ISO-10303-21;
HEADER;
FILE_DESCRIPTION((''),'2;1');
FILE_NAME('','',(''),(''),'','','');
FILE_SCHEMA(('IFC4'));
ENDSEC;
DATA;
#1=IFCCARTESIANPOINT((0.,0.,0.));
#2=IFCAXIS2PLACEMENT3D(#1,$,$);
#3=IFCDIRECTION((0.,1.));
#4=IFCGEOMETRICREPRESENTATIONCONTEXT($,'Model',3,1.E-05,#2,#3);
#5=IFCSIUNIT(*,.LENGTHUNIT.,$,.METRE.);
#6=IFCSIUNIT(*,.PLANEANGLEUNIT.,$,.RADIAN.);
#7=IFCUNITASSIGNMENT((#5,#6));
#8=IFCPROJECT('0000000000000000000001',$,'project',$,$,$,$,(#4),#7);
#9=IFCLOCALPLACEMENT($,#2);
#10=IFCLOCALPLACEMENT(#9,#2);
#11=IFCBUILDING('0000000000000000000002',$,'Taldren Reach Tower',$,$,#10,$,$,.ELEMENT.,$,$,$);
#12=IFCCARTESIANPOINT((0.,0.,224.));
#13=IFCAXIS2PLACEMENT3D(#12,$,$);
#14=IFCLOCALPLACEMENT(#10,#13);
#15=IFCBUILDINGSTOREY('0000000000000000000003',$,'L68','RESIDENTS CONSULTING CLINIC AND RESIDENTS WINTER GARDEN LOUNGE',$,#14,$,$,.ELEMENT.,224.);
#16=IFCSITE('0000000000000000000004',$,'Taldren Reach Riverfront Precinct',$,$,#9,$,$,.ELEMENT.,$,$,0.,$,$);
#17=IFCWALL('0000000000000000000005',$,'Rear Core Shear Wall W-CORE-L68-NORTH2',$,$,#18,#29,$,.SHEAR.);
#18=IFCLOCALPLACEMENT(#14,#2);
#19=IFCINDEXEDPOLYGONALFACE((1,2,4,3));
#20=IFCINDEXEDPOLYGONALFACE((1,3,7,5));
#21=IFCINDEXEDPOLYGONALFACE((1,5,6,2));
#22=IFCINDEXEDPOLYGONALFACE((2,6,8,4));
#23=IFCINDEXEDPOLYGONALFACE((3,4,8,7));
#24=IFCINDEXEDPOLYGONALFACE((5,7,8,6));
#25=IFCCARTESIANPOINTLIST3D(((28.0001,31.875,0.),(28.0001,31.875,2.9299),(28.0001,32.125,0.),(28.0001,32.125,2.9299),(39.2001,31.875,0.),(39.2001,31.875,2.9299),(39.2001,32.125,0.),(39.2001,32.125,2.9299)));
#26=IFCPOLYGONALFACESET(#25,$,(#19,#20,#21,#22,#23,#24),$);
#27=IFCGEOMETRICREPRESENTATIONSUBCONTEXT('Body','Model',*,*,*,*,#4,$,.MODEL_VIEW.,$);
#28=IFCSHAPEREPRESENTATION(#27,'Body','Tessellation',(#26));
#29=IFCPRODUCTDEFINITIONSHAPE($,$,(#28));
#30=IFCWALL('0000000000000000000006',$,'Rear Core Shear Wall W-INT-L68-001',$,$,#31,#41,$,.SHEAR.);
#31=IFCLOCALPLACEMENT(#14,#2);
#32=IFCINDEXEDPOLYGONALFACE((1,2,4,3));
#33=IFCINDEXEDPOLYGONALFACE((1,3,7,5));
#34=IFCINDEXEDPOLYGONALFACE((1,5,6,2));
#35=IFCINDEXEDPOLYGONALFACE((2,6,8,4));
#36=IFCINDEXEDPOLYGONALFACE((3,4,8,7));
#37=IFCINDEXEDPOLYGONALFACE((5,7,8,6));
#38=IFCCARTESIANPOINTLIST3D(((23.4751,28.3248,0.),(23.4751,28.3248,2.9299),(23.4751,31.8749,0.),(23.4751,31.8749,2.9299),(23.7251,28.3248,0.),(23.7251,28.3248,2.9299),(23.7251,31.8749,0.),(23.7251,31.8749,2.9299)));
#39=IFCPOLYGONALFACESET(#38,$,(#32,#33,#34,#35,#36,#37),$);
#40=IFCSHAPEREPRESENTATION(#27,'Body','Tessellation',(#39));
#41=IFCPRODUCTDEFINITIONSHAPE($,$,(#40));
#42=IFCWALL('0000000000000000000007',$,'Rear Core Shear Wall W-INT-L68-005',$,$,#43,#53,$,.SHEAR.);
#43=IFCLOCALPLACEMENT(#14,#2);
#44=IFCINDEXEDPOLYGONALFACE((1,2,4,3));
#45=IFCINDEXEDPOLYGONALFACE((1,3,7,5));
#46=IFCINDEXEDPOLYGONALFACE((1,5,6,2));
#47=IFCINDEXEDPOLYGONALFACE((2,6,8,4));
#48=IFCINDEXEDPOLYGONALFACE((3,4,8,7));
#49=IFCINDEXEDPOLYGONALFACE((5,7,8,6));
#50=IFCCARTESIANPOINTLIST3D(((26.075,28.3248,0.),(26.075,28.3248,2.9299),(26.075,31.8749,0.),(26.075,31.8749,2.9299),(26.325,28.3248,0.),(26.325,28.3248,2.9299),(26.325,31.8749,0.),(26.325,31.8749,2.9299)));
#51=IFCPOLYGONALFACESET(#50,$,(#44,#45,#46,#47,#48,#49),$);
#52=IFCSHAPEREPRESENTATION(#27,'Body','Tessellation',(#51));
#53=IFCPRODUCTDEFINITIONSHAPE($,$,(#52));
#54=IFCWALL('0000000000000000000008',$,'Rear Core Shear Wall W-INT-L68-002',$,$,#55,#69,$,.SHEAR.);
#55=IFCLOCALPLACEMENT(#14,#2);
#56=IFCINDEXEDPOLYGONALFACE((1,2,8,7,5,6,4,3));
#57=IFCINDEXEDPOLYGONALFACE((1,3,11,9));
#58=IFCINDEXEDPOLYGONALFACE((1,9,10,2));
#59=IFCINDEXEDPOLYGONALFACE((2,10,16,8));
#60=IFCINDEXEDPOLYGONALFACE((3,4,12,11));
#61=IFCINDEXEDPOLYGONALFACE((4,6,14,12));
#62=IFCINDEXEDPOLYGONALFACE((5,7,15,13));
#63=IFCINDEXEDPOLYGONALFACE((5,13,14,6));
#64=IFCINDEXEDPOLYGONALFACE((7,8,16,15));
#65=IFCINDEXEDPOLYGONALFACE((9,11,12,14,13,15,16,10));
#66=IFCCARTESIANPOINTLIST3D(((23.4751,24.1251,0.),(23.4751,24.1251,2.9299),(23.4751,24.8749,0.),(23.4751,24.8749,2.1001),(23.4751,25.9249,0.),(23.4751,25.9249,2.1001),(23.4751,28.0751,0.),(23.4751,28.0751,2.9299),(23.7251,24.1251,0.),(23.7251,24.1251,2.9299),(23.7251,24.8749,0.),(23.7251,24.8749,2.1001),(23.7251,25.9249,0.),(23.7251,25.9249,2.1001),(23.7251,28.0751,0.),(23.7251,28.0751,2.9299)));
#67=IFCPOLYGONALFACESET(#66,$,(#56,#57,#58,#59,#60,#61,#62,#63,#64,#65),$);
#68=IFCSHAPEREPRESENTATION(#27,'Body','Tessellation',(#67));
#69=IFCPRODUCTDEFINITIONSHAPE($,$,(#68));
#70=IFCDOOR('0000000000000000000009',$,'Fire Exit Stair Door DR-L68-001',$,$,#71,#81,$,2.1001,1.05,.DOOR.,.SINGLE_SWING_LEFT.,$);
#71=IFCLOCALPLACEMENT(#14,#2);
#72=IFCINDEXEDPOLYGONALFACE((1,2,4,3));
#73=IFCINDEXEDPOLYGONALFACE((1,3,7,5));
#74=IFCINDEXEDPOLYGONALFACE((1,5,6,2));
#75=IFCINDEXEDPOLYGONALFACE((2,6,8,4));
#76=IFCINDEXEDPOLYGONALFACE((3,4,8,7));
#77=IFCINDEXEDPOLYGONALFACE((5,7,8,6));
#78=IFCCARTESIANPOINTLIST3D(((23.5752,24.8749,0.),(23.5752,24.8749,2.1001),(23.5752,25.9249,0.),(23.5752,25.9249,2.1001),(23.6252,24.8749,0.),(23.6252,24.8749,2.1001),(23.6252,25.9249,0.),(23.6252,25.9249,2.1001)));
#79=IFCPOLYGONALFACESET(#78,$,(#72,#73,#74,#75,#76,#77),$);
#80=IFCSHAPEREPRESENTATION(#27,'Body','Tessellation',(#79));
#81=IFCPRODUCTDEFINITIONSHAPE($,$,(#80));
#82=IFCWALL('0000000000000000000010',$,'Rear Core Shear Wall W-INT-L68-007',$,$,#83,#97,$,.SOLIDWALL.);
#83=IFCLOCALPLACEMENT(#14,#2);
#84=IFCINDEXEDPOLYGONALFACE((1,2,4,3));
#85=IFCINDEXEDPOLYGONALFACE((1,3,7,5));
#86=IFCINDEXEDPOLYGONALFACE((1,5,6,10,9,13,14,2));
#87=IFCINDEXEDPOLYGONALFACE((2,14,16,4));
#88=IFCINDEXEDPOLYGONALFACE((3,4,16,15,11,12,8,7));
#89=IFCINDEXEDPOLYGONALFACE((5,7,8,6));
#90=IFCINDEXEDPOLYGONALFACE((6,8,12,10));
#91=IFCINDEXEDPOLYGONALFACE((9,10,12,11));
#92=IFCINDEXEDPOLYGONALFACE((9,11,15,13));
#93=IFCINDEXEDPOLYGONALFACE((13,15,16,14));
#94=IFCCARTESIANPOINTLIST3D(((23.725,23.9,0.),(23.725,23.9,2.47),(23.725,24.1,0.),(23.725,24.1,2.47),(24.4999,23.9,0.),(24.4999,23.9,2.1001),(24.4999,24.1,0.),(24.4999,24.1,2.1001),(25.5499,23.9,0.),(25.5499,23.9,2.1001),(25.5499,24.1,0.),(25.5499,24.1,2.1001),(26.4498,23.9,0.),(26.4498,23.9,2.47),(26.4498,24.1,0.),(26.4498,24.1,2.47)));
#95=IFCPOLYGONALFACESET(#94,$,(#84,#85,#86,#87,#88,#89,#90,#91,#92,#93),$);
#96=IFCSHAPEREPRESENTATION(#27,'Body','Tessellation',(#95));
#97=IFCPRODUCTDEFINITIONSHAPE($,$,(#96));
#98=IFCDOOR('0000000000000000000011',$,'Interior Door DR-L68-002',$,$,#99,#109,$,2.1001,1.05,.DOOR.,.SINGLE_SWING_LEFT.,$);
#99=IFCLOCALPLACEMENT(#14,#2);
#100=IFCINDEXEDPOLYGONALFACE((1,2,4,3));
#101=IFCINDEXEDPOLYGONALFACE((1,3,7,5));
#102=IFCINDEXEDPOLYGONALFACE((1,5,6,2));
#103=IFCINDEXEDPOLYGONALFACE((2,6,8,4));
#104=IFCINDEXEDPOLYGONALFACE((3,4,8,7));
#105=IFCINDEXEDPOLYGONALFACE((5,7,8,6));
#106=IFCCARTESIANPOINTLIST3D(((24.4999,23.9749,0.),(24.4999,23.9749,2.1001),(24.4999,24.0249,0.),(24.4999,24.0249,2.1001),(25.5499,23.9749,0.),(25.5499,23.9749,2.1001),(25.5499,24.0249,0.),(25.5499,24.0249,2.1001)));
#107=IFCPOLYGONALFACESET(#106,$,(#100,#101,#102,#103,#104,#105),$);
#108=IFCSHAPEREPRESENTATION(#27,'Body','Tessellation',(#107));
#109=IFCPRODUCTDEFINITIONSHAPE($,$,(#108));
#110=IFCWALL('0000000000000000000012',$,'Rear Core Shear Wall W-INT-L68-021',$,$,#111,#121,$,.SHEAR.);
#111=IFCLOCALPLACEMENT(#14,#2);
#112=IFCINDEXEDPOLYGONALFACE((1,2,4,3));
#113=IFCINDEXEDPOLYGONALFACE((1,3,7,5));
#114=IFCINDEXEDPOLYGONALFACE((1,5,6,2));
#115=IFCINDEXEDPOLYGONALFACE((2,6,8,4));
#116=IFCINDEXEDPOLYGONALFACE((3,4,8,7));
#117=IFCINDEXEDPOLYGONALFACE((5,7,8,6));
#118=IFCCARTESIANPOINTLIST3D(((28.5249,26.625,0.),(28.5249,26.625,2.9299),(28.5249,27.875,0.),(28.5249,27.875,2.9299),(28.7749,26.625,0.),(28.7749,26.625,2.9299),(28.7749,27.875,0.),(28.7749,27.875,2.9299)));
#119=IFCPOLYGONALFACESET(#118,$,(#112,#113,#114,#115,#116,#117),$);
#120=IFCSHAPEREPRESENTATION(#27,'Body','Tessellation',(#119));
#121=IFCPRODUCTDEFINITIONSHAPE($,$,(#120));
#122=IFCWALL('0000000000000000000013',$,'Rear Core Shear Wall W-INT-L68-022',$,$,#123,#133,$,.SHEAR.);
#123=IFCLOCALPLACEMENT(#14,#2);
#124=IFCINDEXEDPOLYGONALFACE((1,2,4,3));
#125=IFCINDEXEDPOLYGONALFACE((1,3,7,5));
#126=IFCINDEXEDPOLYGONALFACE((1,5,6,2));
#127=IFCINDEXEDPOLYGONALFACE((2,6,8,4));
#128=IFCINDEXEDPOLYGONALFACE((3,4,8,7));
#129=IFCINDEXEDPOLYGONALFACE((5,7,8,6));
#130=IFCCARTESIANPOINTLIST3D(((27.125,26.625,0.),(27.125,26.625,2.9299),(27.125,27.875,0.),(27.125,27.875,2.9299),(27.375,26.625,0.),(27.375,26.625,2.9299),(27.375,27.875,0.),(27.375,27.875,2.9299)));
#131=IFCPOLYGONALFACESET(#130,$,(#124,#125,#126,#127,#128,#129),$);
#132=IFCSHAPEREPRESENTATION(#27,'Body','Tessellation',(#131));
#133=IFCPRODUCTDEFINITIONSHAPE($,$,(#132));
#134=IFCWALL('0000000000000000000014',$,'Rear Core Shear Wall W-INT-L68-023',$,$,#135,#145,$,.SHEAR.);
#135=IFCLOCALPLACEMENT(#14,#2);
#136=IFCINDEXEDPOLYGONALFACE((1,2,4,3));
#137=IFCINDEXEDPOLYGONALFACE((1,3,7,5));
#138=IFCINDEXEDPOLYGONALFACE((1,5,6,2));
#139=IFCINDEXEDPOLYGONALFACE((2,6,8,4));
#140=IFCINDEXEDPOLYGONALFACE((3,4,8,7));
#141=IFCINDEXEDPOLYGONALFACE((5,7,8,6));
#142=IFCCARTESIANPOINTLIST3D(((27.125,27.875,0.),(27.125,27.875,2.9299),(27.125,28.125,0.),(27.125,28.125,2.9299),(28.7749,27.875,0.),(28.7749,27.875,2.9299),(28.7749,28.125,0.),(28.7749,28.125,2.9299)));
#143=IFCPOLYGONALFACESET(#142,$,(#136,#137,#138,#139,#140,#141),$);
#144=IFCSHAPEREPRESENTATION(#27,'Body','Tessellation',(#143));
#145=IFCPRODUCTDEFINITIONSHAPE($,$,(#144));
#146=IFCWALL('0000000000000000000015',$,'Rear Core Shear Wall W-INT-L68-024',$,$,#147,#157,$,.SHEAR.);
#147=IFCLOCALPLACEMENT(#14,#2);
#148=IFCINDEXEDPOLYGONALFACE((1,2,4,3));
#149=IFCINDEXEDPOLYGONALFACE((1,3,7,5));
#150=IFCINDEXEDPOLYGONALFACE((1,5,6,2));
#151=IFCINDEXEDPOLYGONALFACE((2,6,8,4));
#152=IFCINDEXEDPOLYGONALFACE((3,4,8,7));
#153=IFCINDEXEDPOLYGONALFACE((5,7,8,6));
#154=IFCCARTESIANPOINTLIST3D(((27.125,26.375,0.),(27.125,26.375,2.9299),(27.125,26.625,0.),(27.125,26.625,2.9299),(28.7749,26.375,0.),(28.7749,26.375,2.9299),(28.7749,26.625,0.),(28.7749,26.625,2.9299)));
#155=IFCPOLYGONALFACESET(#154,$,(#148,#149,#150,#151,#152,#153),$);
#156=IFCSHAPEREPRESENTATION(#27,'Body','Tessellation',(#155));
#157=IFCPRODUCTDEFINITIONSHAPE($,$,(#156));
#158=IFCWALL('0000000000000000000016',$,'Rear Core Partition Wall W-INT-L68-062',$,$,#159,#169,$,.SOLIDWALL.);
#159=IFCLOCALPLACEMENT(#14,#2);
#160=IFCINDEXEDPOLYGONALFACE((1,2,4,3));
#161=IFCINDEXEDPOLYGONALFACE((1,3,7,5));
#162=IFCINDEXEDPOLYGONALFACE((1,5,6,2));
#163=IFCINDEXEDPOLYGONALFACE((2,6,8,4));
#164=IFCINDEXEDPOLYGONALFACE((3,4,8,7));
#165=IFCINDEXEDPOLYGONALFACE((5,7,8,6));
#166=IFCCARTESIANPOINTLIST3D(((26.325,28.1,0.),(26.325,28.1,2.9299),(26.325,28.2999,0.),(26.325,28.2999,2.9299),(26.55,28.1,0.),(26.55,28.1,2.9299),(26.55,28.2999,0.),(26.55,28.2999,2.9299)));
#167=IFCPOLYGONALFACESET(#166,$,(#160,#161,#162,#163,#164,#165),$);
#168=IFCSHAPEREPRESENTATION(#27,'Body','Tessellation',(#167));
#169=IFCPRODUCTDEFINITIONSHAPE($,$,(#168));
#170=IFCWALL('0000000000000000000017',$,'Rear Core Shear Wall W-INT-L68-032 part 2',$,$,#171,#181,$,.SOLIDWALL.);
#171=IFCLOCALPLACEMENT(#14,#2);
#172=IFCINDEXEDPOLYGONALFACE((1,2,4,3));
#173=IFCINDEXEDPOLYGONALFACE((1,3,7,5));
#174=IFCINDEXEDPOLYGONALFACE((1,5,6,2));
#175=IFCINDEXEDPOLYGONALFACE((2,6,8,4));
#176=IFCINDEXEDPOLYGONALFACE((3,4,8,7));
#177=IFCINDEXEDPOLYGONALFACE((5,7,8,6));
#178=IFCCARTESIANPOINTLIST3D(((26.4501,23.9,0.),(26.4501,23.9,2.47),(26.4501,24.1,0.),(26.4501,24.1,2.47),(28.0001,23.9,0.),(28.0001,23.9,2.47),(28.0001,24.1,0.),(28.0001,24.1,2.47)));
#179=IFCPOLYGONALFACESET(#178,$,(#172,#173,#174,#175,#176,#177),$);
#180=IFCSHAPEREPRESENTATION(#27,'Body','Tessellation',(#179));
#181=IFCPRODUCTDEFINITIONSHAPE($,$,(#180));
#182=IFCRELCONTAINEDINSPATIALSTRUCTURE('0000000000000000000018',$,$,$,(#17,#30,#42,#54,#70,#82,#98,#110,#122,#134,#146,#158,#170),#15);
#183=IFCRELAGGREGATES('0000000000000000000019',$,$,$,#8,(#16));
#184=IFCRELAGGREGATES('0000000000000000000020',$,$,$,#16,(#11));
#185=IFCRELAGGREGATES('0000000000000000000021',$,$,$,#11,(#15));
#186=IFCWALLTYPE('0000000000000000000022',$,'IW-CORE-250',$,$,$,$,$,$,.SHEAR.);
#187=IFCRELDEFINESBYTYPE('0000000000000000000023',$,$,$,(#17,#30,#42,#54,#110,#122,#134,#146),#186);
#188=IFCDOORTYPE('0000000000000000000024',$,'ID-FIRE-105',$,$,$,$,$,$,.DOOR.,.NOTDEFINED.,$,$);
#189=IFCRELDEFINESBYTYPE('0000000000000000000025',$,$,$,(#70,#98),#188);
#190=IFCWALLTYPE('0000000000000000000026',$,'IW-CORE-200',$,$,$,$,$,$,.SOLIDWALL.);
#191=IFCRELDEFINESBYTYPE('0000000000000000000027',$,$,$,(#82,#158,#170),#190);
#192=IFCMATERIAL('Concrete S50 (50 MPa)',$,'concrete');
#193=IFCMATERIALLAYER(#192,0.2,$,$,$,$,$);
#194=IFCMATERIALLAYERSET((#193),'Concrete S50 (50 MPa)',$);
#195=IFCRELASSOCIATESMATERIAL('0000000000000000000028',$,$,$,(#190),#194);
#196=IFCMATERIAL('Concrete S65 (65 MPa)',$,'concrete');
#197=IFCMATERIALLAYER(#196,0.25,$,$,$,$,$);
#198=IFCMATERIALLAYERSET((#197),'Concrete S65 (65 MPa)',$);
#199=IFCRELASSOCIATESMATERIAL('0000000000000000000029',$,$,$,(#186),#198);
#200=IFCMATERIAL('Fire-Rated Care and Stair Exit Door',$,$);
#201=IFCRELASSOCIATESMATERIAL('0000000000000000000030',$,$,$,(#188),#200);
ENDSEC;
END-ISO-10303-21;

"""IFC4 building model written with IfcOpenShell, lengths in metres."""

from ifc_helpers import new_model, si_unit, direction, frame, frame_2d, origin, place, context, subcontext, project, spatial, rectangle, extrude, source, transform, mapped, material, layer, layer_set, type_object, element, fill, save


model = new_model("IFC4")

# Units and contexts
model_context = context("Model", 3, precision=1e-05, world=origin(), true_north=direction((0.0, 1.0)))
body_context = subcontext(model_context, "Body", "Model", "MODEL_VIEW")
ifc_project = project(units=[si_unit("LENGTHUNIT", "METRE"), si_unit("PLANEANGLEUNIT", "RADIAN")], contexts=[model_context])

# Site, building, storey
site_placement = place(None, origin())
site = spatial("IfcSite", under=ifc_project, at=site_placement, Name="Taldren Reach Riverfront Precinct", CompositionType="ELEMENT", RefElevation=0.0)
building_placement = place(site_placement, origin())
building = spatial("IfcBuilding", under=site, at=building_placement, Name="Taldren Reach Tower", CompositionType="ELEMENT")
storey_placement = place(building_placement, frame((0.0, 0.0, 224.0)))
storey = spatial("IfcBuildingStorey", under=building, at=storey_placement, Name="L68", Description="RESIDENTS CONSULTING CLINIC AND RESIDENTS WINTER GARDEN LOUNGE", CompositionType="ELEMENT", Elevation=224.0)

# Walls
ifc_material_1 = material(Name="Concrete S50 (50 MPa)", Category="concrete")
ifc_layer_1 = layer(ifc_material_1, 0.2)
ifc_layer_set_1 = layer_set([ifc_layer_1], Name="Concrete S50 (50 MPa)")
wall_type_1 = type_object("IfcWallType", Name="IW-CORE-200", PredefinedType="SOLIDWALL", material=ifc_layer_set_1)
ifc_material_2 = material(Name="Concrete S65 (65 MPa)", Category="concrete")
ifc_layer_2 = layer(ifc_material_2, 0.25)
ifc_layer_set_2 = layer_set([ifc_layer_2], Name="Concrete S65 (65 MPa)")
wall_type_2 = type_object("IfcWallType", Name="IW-CORE-250", PredefinedType="SHEAR", material=ifc_layer_set_2)
shared_shape_1 = source(origin(), body_context, "Body", "SweptSolid", [
    extrude(rectangle(XDim=11.2, YDim=0.25, at=frame_2d((5.6001, 0.0))), origin(), (0.0, 0.0, 1.0), 2.9299),
])
wall_1_placement = place(storey_placement, frame((28.0, 32.0, 0.0), z_axis=(0.0, 0.0, 1.0), x_axis=(1.0, 0.0, 0.0)))
element("IfcWall", 1, at=wall_1_placement, inside=storey, type_object=wall_type_2, Name="Rear Core Shear Wall W-CORE-L68-NORTH2", PredefinedType="SHEAR", context=body_context, shape_type="MappedRepresentation", body=[
    mapped(shared_shape_1, transform((0.0, 0.0, 0.0), scale=1.0)),
])
shared_shape_2 = source(origin(), body_context, "Body", "SweptSolid", [
    extrude(rectangle(XDim=3.55, YDim=0.25, at=frame_2d((1.7749, 0.0))), origin(), (0.0, 0.0, 1.0), 2.9299),
])
for number, where, z_axis, x_axis, name in (
    (2, (23.6001, 28.325, 0.0), (0.0, 0.0, 1.0), (0.0, 1.0, 0.0), "Rear Core Shear Wall W-INT-L68-001"),
    (3, (26.2, 28.325, 0.0), (0.0, 0.0, 1.0), (0.0, 1.0, 0.0), "Rear Core Shear Wall W-INT-L68-005"),
):
    element("IfcWall", number, at=place(storey_placement, frame(where, z_axis=z_axis, x_axis=x_axis)), inside=storey, type_object=wall_type_2, Name=name, PredefinedType="SHEAR", context=body_context, shape_type="MappedRepresentation", body=[
        mapped(shared_shape_2, transform((0.0, 0.0, 0.0), scale=1.0)),
    ])

# Walls, openings, doors
shared_shape_3 = source(origin(), body_context, "Body", "SweptSolid", [
    extrude(rectangle(XDim=3.95, YDim=0.25, at=frame_2d((1.9751, 0.0))), origin(), (0.0, 0.0, 1.0), 2.9299),
])
wall_2_placement = place(storey_placement, frame((23.6001, 24.125, 0.0), z_axis=(0.0, 0.0, 1.0), x_axis=(0.0, 1.0, 0.0)))
wall_2 = element("IfcWall", 4, at=wall_2_placement, inside=storey, type_object=wall_type_2, Name="Rear Core Shear Wall W-INT-L68-002", PredefinedType="SHEAR", context=body_context, shape_type="MappedRepresentation", body=[
    mapped(shared_shape_3, transform((0.0, 0.0, 0.0), scale=1.0)),
])
shared_shape_4 = source(origin(), body_context, "Body", "SweptSolid", [
    extrude(rectangle(XDim=1.05, YDim=2.1001, at=frame_2d((0.5249, 1.05))), frame((0.0, 0.135, 0.0), z_axis=(0.0, -1.0, 0.0), x_axis=(1.0, 0.0, 0.0)), (0.0, 0.0, 1.0), 0.27),
])
opening_1_placement = place(wall_2_placement, frame((0.75, 0.0, 0.0)))
opening_1 = element("IfcOpeningElement", 5, at=opening_1_placement, cuts=wall_2, PredefinedType="OPENING", context=body_context, shape_type="MappedRepresentation", body=[
    mapped(shared_shape_4, transform((0.0, 0.0, 0.0), scale=1.0)),
])
ifc_material_3 = material(Name="Fire-Rated Care and Stair Exit Door")
door_type_1 = type_object("IfcDoorType", Name="ID-FIRE-105", OperationType="NOTDEFINED", PredefinedType="DOOR", material=ifc_material_3)
shared_shape_5 = source(origin(), body_context, "Body", "SweptSolid", [
    extrude(rectangle(XDim=1.05, YDim=2.1001, at=frame_2d((0.5249, 1.05))), frame((0.0, 0.0249, 0.0), z_axis=(0.0, -1.0, 0.0), x_axis=(1.0, 0.0, 0.0)), (0.0, 0.0, 1.0), 0.05),
])
door_1_placement = place(opening_1_placement, origin())
door_1 = element("IfcDoor", 6, at=door_1_placement, inside=storey, type_object=door_type_1, Name="Fire Exit Stair Door DR-L68-001", OperationType="SINGLE_SWING_LEFT", OverallHeight=2.1001, OverallWidth=1.05, PredefinedType="DOOR", context=body_context, shape_type="MappedRepresentation", body=[
    mapped(shared_shape_5, transform((0.0, 0.0, 0.0), scale=1.0)),
])
fill(opening_1, door_1)
shared_shape_6 = source(origin(), body_context, "Body", "SweptSolid", [
    extrude(rectangle(XDim=2.7249, YDim=0.2, at=frame_2d((1.3623, 0.0))), origin(), (0.0, 0.0, 1.0), 2.47),
])
wall_3_placement = place(storey_placement, frame((23.7251, 24.0, 0.0), z_axis=(0.0, 0.0, 1.0), x_axis=(1.0, 0.0, 0.0)))
wall_3 = element("IfcWall", 7, at=wall_3_placement, inside=storey, type_object=wall_type_1, Name="Rear Core Shear Wall W-INT-L68-007", PredefinedType="SOLIDWALL", context=body_context, shape_type="MappedRepresentation", body=[
    mapped(shared_shape_6, transform((0.0, 0.0, 0.0), scale=1.0)),
])
shared_shape_7 = source(origin(), body_context, "Body", "SweptSolid", [
    extrude(rectangle(XDim=1.05, YDim=2.1001, at=frame_2d((0.5249, 1.05))), frame((0.0, 0.1099, 0.0), z_axis=(0.0, -1.0, 0.0), x_axis=(1.0, 0.0, 0.0)), (0.0, 0.0, 1.0), 0.22),
])
opening_2_placement = place(wall_3_placement, frame((0.7749, 0.0, 0.0)))
opening_2 = element("IfcOpeningElement", 8, at=opening_2_placement, cuts=wall_3, PredefinedType="OPENING", context=body_context, shape_type="MappedRepresentation", body=[
    mapped(shared_shape_7, transform((0.0, 0.0, 0.0), scale=1.0)),
])
door_2_placement = place(opening_2_placement, origin())
door_2 = element("IfcDoor", 9, at=door_2_placement, inside=storey, type_object=door_type_1, Name="Interior Door DR-L68-002", OperationType="SINGLE_SWING_LEFT", OverallHeight=2.1001, OverallWidth=1.05, PredefinedType="DOOR", context=body_context, shape_type="MappedRepresentation", body=[
    mapped(shared_shape_5, transform((0.0, 0.0, 0.0), scale=1.0)),
])
fill(opening_2, door_2)

# Walls
shared_shape_8 = source(origin(), body_context, "Body", "SweptSolid", [
    extrude(rectangle(XDim=1.25, YDim=0.25, at=frame_2d((0.625, 0.0))), origin(), (0.0, 0.0, 1.0), 2.9299),
])
for number, where, z_axis, x_axis, name in (
    (10, (28.6499, 26.625, 0.0), (0.0, 0.0, 1.0), (0.0, 1.0, 0.0), "Rear Core Shear Wall W-INT-L68-021"),
    (11, (27.25, 27.875, 0.0), (0.0, 0.0, 1.0), (0.0, -1.0, 0.0), "Rear Core Shear Wall W-INT-L68-022"),
):
    element("IfcWall", number, at=place(storey_placement, frame(where, z_axis=z_axis, x_axis=x_axis)), inside=storey, type_object=wall_type_2, Name=name, PredefinedType="SHEAR", context=body_context, shape_type="MappedRepresentation", body=[
        mapped(shared_shape_8, transform((0.0, 0.0, 0.0), scale=1.0)),
    ])
shared_shape_9 = source(origin(), body_context, "Body", "SweptSolid", [
    extrude(rectangle(XDim=1.6499, YDim=0.25, at=frame_2d((0.825, 0.0))), origin(), (0.0, 0.0, 1.0), 2.9299),
])
for number, where, z_axis, x_axis, name in (
    (12, (28.7749, 28.0, 0.0), (0.0, 0.0, 1.0), (-1.0, 0.0, 0.0), "Rear Core Shear Wall W-INT-L68-023"),
    (13, (27.125, 26.5, 0.0), (0.0, 0.0, 1.0), (1.0, 0.0, 0.0), "Rear Core Shear Wall W-INT-L68-024"),
):
    element("IfcWall", number, at=place(storey_placement, frame(where, z_axis=z_axis, x_axis=x_axis)), inside=storey, type_object=wall_type_2, Name=name, PredefinedType="SHEAR", context=body_context, shape_type="MappedRepresentation", body=[
        mapped(shared_shape_9, transform((0.0, 0.0, 0.0), scale=1.0)),
    ])
shared_shape_10 = source(origin(), body_context, "Body", "SweptSolid", [
    extrude(rectangle(XDim=0.2251, YDim=0.2, at=frame_2d((0.1125, 0.0))), origin(), (0.0, 0.0, 1.0), 2.9299),
])
wall_4_placement = place(storey_placement, frame((26.325, 28.2, 0.0), z_axis=(0.0, 0.0, 1.0), x_axis=(1.0, 0.0, 0.0)))
element("IfcWall", 14, at=wall_4_placement, inside=storey, type_object=wall_type_1, Name="Rear Core Partition Wall W-INT-L68-062", PredefinedType="SOLIDWALL", context=body_context, shape_type="MappedRepresentation", body=[
    mapped(shared_shape_10, transform((0.0, 0.0, 0.0), scale=1.0)),
])
shared_shape_11 = source(origin(), body_context, "Body", "SweptSolid", [
    extrude(rectangle(XDim=1.55, YDim=0.2, at=frame_2d((0.7749, 0.0))), origin(), (0.0, 0.0, 1.0), 2.47),
])
wall_5_placement = place(storey_placement, frame((28.0, 24.0, 0.0), z_axis=(0.0, 0.0, 1.0), x_axis=(-1.0, 0.0, 0.0)))
element("IfcWall", 15, at=wall_5_placement, inside=storey, type_object=wall_type_1, Name="Rear Core Shear Wall W-INT-L68-032 part 2", PredefinedType="SOLIDWALL", context=body_context, shape_type="MappedRepresentation", body=[
    mapped(shared_shape_11, transform((0.0, 0.0, 0.0), scale=1.0)),
])

save(model, "model.ifc")
